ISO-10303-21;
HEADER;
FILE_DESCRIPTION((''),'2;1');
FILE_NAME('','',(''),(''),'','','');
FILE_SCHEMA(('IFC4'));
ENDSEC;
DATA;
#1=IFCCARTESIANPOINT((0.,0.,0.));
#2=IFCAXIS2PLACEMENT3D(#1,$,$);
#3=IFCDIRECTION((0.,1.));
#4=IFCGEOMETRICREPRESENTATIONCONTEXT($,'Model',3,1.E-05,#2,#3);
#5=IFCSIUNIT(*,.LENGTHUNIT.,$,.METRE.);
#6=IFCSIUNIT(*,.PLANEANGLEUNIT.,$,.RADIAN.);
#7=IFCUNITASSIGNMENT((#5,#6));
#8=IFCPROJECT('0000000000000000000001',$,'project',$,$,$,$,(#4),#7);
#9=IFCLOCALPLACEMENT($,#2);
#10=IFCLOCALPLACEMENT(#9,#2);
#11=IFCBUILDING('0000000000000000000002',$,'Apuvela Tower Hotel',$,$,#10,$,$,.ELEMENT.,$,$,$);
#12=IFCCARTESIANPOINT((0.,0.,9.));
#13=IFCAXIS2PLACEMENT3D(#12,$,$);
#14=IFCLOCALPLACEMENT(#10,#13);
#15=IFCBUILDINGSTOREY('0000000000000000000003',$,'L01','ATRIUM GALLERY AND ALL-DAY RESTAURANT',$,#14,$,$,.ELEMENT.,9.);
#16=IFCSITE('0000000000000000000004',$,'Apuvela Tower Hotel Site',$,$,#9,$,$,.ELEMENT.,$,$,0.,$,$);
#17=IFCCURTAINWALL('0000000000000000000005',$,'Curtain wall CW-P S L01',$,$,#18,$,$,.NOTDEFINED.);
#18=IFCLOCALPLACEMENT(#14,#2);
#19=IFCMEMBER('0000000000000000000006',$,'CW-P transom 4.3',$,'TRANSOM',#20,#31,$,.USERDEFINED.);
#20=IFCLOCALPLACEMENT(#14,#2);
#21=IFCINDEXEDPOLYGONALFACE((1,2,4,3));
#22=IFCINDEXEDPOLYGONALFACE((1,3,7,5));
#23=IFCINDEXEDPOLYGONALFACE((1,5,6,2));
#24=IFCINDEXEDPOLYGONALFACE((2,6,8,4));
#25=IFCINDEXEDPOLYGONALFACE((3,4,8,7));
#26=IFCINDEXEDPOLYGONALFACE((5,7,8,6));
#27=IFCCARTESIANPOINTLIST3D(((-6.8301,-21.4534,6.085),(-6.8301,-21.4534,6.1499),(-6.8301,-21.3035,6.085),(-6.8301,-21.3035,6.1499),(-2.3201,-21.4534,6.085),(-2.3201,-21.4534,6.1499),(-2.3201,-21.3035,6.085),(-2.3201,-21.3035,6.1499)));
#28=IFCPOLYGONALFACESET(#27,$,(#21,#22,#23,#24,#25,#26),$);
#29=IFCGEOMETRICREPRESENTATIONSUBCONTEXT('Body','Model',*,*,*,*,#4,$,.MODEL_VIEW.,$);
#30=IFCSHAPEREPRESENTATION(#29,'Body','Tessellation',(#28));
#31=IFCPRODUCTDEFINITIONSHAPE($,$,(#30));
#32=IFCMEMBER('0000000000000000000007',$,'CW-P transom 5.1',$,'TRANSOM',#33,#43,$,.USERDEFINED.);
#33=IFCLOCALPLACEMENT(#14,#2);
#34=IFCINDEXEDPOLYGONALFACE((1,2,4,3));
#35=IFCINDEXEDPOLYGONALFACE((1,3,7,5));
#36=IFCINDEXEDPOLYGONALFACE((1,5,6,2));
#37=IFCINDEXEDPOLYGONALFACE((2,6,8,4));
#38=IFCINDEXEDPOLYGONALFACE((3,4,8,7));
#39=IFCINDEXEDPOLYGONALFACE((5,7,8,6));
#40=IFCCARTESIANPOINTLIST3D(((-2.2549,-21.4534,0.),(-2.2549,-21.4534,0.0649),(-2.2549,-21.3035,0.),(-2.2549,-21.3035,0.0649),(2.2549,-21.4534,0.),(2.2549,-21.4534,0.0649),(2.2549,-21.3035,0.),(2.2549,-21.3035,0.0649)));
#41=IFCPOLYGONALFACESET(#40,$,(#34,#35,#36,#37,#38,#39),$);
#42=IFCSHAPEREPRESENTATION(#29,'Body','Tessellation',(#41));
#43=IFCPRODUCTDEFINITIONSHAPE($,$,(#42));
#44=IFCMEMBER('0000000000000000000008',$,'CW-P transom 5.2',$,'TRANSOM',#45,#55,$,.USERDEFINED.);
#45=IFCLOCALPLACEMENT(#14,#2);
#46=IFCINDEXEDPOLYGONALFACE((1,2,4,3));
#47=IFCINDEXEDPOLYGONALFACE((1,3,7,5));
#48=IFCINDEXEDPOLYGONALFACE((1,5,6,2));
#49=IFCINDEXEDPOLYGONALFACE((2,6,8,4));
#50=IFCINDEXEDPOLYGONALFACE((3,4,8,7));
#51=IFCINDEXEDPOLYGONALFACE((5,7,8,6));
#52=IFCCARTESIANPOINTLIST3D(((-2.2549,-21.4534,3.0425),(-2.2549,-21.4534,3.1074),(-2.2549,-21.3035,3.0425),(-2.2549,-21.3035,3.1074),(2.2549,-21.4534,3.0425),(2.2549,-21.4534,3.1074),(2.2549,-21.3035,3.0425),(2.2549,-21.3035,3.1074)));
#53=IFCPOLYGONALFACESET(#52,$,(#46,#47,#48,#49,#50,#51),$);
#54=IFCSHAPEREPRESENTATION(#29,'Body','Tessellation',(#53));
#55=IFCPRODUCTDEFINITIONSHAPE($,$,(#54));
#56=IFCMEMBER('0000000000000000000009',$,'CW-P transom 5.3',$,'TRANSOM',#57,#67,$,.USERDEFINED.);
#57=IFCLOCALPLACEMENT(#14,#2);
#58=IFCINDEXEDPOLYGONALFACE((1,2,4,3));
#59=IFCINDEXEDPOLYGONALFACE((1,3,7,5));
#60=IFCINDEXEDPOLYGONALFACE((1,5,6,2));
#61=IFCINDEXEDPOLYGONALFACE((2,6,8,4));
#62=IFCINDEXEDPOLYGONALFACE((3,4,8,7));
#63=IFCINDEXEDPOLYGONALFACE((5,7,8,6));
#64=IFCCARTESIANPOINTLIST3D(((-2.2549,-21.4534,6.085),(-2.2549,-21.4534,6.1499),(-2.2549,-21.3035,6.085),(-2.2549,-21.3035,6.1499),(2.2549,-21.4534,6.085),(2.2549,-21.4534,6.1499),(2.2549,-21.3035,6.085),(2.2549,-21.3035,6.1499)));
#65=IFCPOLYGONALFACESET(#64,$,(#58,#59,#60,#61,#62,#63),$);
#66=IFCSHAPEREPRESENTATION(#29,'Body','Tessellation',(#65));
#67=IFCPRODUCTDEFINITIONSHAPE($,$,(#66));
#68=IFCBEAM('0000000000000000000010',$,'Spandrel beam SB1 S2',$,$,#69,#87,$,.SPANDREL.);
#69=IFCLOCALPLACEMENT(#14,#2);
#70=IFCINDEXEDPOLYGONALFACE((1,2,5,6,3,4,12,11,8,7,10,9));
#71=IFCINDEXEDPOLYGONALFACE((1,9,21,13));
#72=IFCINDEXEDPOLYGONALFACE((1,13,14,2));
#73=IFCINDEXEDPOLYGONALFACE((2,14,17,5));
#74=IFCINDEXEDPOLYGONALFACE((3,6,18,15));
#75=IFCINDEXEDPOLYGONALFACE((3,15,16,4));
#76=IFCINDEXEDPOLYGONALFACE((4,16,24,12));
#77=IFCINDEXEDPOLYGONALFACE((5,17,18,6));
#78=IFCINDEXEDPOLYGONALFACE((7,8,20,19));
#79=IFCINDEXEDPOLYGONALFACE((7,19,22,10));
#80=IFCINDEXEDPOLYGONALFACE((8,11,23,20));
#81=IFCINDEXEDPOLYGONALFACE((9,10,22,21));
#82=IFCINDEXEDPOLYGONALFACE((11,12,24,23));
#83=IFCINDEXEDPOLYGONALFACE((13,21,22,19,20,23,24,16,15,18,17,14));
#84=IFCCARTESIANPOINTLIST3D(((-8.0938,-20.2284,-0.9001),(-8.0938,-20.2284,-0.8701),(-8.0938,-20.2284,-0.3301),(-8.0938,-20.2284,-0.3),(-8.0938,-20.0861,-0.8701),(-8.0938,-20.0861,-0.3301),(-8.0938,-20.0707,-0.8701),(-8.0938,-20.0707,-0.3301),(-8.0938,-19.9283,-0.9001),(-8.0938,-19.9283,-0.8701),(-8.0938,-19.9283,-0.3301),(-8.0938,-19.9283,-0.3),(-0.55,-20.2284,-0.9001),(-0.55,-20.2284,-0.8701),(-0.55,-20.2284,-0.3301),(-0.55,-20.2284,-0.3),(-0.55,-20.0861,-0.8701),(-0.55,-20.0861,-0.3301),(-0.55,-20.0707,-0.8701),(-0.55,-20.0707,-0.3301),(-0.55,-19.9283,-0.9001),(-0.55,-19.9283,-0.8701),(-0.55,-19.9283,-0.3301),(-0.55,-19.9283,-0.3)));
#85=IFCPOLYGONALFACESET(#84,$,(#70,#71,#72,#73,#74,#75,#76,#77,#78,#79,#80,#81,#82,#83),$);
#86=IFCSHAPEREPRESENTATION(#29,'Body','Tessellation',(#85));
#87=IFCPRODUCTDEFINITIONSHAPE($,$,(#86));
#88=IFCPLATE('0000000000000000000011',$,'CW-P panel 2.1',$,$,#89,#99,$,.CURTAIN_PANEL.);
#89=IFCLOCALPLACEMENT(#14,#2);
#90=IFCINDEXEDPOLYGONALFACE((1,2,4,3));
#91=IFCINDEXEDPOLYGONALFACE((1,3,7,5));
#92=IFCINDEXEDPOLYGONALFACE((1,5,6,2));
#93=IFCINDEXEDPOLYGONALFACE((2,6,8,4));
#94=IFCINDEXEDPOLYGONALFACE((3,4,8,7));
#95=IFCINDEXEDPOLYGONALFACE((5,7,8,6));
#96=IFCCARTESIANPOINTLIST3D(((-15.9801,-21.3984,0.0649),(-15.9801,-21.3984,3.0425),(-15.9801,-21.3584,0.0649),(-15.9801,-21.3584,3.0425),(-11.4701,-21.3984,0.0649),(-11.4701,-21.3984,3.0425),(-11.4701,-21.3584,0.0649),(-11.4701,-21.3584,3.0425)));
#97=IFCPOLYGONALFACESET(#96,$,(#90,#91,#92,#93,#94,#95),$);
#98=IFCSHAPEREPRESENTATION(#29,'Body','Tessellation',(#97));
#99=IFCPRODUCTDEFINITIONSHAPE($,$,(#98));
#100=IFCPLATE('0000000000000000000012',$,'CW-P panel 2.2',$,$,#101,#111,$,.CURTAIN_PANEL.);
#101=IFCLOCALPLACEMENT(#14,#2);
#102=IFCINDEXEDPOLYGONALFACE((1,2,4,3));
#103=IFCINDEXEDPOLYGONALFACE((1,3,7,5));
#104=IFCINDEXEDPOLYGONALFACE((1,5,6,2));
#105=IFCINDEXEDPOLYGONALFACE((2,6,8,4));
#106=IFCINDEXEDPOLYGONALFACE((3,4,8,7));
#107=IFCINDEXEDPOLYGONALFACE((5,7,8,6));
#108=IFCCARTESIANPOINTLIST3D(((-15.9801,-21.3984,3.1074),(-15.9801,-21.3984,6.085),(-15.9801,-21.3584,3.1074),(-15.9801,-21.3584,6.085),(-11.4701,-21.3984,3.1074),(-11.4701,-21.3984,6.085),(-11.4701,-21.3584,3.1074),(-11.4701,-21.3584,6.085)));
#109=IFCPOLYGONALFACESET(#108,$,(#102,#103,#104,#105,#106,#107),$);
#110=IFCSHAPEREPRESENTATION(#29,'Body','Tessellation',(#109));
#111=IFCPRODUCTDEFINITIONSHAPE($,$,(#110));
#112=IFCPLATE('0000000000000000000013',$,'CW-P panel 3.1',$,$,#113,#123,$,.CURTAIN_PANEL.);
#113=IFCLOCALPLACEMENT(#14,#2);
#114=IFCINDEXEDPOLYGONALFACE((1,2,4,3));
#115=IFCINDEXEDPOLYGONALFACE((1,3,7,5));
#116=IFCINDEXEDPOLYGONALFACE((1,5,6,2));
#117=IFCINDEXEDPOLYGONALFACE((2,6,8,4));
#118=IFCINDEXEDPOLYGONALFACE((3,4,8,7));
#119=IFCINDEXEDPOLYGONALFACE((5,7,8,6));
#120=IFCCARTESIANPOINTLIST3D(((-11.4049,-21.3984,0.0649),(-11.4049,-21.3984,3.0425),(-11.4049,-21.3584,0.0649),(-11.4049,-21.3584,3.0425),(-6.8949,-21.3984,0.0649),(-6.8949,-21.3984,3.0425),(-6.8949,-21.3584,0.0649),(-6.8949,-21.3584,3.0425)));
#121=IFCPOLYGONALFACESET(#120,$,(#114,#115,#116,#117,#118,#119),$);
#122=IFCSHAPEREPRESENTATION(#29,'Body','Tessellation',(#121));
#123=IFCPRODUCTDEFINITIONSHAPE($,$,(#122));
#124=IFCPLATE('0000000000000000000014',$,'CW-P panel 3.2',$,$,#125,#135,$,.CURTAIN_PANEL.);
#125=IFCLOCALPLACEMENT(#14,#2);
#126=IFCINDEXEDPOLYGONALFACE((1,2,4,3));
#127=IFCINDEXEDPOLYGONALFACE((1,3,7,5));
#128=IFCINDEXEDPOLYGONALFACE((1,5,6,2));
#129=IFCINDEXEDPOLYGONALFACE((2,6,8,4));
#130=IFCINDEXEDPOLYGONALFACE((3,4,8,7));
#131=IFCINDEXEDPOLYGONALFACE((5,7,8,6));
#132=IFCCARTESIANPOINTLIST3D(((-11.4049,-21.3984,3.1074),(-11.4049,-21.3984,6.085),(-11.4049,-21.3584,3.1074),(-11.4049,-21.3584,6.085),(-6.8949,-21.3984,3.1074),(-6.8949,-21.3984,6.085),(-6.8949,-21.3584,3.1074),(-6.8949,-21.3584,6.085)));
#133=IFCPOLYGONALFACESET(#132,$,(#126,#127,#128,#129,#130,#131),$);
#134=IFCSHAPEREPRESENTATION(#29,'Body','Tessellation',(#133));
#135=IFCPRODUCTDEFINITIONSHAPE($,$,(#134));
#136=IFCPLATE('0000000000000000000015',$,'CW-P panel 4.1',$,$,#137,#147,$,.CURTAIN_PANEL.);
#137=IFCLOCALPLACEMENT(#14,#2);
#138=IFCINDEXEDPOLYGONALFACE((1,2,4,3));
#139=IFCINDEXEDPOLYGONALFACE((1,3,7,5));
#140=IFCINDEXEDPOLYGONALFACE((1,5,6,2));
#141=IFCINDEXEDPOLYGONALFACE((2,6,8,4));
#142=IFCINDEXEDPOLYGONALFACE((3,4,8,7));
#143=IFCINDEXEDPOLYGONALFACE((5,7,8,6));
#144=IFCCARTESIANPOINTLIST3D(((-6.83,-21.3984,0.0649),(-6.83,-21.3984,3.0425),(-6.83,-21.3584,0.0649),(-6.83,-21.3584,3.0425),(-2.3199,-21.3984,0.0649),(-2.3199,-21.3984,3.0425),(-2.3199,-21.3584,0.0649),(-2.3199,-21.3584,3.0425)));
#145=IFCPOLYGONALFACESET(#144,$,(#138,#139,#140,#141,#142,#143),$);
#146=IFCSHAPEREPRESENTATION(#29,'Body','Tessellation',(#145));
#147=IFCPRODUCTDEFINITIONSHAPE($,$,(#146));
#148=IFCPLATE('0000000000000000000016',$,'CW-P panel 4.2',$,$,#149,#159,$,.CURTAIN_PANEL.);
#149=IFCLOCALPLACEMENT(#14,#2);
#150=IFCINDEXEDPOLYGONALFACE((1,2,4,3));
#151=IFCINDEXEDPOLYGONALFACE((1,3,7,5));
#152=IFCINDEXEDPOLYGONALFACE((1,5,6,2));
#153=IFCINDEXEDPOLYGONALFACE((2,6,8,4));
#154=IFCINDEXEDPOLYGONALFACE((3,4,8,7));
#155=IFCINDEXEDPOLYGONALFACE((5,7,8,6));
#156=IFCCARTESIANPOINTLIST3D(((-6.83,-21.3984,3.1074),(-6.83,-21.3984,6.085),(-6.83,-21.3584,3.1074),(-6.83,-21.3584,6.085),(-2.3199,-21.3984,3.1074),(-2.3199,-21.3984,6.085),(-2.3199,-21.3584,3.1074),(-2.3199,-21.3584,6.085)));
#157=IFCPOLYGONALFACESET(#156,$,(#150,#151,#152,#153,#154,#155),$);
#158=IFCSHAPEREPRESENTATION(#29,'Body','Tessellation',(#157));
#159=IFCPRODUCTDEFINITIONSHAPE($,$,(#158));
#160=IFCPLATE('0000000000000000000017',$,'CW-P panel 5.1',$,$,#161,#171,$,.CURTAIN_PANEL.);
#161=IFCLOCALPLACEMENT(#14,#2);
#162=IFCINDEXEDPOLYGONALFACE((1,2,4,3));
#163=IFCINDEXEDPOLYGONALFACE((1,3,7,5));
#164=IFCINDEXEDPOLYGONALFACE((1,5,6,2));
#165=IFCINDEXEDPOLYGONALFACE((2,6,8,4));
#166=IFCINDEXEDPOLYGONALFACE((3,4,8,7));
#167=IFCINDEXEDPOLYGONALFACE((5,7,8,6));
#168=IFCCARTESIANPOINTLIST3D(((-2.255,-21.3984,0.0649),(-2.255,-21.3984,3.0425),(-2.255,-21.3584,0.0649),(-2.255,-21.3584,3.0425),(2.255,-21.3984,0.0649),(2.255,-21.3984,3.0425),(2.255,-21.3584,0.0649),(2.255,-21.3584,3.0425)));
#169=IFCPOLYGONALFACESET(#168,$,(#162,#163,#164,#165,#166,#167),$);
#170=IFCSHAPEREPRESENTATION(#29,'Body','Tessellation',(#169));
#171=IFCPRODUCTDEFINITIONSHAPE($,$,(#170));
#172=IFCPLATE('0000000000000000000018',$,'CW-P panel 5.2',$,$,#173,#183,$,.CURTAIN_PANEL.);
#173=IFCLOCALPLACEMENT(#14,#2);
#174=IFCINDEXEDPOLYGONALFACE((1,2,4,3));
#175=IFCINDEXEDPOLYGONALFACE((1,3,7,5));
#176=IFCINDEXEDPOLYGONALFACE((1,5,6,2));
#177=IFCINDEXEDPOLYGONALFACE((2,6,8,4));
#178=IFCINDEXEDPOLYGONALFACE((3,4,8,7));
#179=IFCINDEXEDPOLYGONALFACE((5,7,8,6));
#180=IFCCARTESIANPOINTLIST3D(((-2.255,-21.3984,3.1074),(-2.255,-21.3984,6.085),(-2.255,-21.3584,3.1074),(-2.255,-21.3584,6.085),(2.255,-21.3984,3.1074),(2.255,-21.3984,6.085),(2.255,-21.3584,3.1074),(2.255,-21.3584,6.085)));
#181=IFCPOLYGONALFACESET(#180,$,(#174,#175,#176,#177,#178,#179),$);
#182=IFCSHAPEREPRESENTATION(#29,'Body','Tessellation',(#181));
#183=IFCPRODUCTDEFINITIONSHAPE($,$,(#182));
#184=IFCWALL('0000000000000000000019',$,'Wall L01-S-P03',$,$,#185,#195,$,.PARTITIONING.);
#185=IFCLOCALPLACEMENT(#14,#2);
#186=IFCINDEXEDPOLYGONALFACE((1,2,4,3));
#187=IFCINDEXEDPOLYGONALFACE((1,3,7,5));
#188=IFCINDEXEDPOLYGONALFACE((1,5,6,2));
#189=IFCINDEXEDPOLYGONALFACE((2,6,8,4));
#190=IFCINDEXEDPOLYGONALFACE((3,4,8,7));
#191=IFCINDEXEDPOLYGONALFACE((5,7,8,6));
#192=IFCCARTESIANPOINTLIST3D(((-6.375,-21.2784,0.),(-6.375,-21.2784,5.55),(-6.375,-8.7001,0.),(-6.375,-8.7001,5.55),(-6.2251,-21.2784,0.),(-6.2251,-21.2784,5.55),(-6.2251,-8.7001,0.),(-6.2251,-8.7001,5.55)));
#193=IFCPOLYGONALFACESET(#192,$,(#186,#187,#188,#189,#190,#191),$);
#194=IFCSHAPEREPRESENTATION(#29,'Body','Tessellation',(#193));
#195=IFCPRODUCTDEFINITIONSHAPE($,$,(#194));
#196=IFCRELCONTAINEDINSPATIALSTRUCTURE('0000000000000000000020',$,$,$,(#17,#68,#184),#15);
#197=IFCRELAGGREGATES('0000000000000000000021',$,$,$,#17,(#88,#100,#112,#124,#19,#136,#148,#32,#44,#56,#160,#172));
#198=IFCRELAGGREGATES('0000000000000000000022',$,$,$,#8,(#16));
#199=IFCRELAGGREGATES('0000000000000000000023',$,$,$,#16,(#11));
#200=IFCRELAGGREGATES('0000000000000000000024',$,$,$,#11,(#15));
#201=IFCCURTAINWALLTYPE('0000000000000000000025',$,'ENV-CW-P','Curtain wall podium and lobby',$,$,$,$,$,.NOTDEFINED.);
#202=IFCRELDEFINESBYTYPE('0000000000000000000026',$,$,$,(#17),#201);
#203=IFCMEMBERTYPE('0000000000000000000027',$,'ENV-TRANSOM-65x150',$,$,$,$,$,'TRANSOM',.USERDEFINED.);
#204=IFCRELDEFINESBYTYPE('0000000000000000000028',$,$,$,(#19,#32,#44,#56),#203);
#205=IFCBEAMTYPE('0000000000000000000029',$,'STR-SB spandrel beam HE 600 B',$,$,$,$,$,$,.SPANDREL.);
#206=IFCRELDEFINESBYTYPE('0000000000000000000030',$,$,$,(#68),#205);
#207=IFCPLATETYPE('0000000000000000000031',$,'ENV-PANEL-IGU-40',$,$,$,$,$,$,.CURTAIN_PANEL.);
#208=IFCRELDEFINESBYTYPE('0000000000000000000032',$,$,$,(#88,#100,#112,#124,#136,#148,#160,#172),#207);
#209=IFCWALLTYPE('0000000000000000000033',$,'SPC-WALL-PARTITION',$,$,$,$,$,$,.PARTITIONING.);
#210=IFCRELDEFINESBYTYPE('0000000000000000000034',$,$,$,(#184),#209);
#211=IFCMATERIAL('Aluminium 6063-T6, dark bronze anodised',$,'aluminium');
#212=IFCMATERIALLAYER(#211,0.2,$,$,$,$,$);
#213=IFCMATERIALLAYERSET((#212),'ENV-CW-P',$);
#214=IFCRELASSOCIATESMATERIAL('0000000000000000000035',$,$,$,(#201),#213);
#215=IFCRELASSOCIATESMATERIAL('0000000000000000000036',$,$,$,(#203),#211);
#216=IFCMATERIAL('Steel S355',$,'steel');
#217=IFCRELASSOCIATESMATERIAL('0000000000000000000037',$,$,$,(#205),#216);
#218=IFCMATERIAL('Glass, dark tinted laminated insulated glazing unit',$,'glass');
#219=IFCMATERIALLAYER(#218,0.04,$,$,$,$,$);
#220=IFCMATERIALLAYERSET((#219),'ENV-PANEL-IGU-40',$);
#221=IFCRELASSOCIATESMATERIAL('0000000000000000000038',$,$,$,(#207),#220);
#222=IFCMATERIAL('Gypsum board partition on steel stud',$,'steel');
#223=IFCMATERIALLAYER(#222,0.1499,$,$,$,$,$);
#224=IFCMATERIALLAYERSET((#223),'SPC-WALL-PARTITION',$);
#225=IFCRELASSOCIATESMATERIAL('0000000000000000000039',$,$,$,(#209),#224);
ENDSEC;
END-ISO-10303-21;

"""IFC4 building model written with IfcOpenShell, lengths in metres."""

from ifc_helpers import new_model, si_unit, direction, frame, frame_2d, origin, origin_2d, place, context, subcontext, project, spatial, rectangle, i_section, extrude, material, layer, layer_set, material_profile, profile_set, type_object, element, aggregate, save


model = new_model("IFC4")

# Units and contexts
model_context = context("Model", 3, precision=1e-05, world=origin(), true_north=direction((0.0, 1.0)))
body_context = subcontext(model_context, "Body", "Model", "MODEL_VIEW")
ifc_project = project(units=[si_unit("LENGTHUNIT", "METRE"), si_unit("PLANEANGLEUNIT", "RADIAN")], contexts=[model_context])

# Site, building, storey
site_placement = place(None, origin())
site = spatial("IfcSite", under=ifc_project, at=site_placement, Name="Apuvela Tower Hotel Site", CompositionType="ELEMENT", RefElevation=0.0)
building_placement = place(site_placement, origin())
building = spatial("IfcBuilding", under=site, at=building_placement, Name="Apuvela Tower Hotel", CompositionType="ELEMENT")
storey_placement = place(building_placement, frame((0.0, 0.0, 9.0)))
storey = spatial("IfcBuildingStorey", under=building, at=storey_placement, Name="L01", Description="ATRIUM GALLERY AND ALL-DAY RESTAURANT", CompositionType="ELEMENT", Elevation=9.0)

# Curtain wall, members
ifc_material_1 = material(Name="Aluminium 6063-T6, dark bronze anodised", Category="aluminium")
ifc_layer_1 = layer(ifc_material_1, 0.2)
ifc_layer_set_1 = layer_set([ifc_layer_1], Name="ENV-CW-P")
curtain_wall_type = type_object("IfcCurtainWallType", Name="ENV-CW-P", Description="Curtain wall podium and lobby", PredefinedType="NOTDEFINED", material=ifc_layer_set_1)
curtain_wall_placement = place(storey_placement, origin())
curtain_wall = element("IfcCurtainWall", 1, at=curtain_wall_placement, inside=storey, type_object=curtain_wall_type, Name="Curtain wall CW-P S L01", PredefinedType="NOTDEFINED")
ifc_material_profile_1 = material_profile(ifc_material_1, rectangle(XDim=0.1499, YDim=0.0649, at=origin_2d()), Name="AL 65x150 transom")
ifc_profile_set_1 = profile_set([ifc_material_profile_1], Name="Aluminium 6063-T6, dark bronze anodised")
member_type_1 = type_object("IfcMemberType", Name="ENV-TRANSOM-65x150", ElementType="TRANSOM", PredefinedType="USERDEFINED", material=ifc_profile_set_1)
member_1_placement = place(storey_placement, frame((-6.8301, -21.3784, 6.1174), z_axis=(1.0, 0.0, 0.0), x_axis=(0.0, 1.0, 0.0)))
member_1 = element("IfcMember", 2, at=member_1_placement, type_object=member_type_1, Name="CW-P transom 4.3", ObjectType="TRANSOM", PredefinedType="USERDEFINED", context=body_context, shape_type="SweptSolid", body=[
    extrude(rectangle(XDim=0.1499, YDim=0.0649, at=origin_2d()), origin(), (0.0, 0.0, 1.0), 4.51),
])
member_2_placement = place(storey_placement, frame((-2.2549, -21.3784, 0.0325), z_axis=(1.0, 0.0, 0.0), x_axis=(0.0, 1.0, 0.0)))
member_2 = element("IfcMember", 3, at=member_2_placement, type_object=member_type_1, Name="CW-P transom 5.1", ObjectType="TRANSOM", PredefinedType="USERDEFINED", context=body_context, shape_type="SweptSolid", body=[
    extrude(rectangle(XDim=0.1499, YDim=0.0649, at=origin_2d()), origin(), (0.0, 0.0, 1.0), 4.5098),
])
member_3_placement = place(storey_placement, frame((-2.2549, -21.3784, 3.075), z_axis=(1.0, 0.0, 0.0), x_axis=(0.0, 1.0, 0.0)))
member_3 = element("IfcMember", 4, at=member_3_placement, type_object=member_type_1, Name="CW-P transom 5.2", ObjectType="TRANSOM", PredefinedType="USERDEFINED", context=body_context, shape_type="SweptSolid", body=[
    extrude(rectangle(XDim=0.1499, YDim=0.0649, at=origin_2d()), origin(), (0.0, 0.0, 1.0), 4.5098),
])
member_4_placement = place(storey_placement, frame((-2.2549, -21.3784, 6.1174), z_axis=(1.0, 0.0, 0.0), x_axis=(0.0, 1.0, 0.0)))
member_4 = element("IfcMember", 5, at=member_4_placement, type_object=member_type_1, Name="CW-P transom 5.3", ObjectType="TRANSOM", PredefinedType="USERDEFINED", context=body_context, shape_type="SweptSolid", body=[
    extrude(rectangle(XDim=0.1499, YDim=0.0649, at=origin_2d()), origin(), (0.0, 0.0, 1.0), 4.5098),
])

# Beam
ifc_material_2 = material(Name="Steel S355", Category="steel")
ifc_material_profile_2 = material_profile(ifc_material_2, i_section(OverallWidth=0.3, OverallDepth=0.6001, WebThickness=0.0154, FlangeThickness=0.03, at=origin_2d()), Name="HE 600 B")
ifc_profile_set_2 = profile_set([ifc_material_profile_2], Name="Steel S355")
beam_type = type_object("IfcBeamType", Name="STR-SB spandrel beam HE 600 B", PredefinedType="SPANDREL", material=ifc_profile_set_2)
beam_placement = place(storey_placement, frame((-8.0938, -20.0784, -0.6001), z_axis=(1.0, 0.0, 0.0), x_axis=(0.0, 1.0, 0.0)))
element("IfcBeam", 6, at=beam_placement, inside=storey, type_object=beam_type, Name="Spandrel beam SB1 S2", PredefinedType="SPANDREL", context=body_context, shape_type="SweptSolid", body=[
    extrude(i_section(OverallWidth=0.3, OverallDepth=0.6001, WebThickness=0.0154, FlangeThickness=0.03, at=origin_2d()), origin(), (0.0, 0.0, 1.0), 7.5437),
])

# Plates
ifc_material_3 = material(Name="Glass, dark tinted laminated insulated glazing unit", Category="glass")
ifc_layer_2 = layer(ifc_material_3, 0.04)
ifc_layer_set_2 = layer_set([ifc_layer_2], Name="ENV-PANEL-IGU-40")
plate_type = type_object("IfcPlateType", Name="ENV-PANEL-IGU-40", PredefinedType="CURTAIN_PANEL", material=ifc_layer_set_2)
plate_1_placement = place(storey_placement, frame((-13.7251, -21.3784, 0.0649), z_axis=(0.0, 0.0, 1.0), x_axis=(1.0, 0.0, 0.0)))
plate_1 = element("IfcPlate", 7, at=plate_1_placement, type_object=plate_type, Name="CW-P panel 2.1", PredefinedType="CURTAIN_PANEL", context=body_context, shape_type="SweptSolid", body=[
    extrude(rectangle(XDim=4.51, YDim=0.04, at=origin_2d()), origin(), (0.0, 0.0, 1.0), 2.9775),
])
plate_2_placement = place(storey_placement, frame((-13.7251, -21.3784, 3.1074), z_axis=(0.0, 0.0, 1.0), x_axis=(1.0, 0.0, 0.0)))
plate_2 = element("IfcPlate", 8, at=plate_2_placement, type_object=plate_type, Name="CW-P panel 2.2", PredefinedType="CURTAIN_PANEL", context=body_context, shape_type="SweptSolid", body=[
    extrude(rectangle(XDim=4.51, YDim=0.04, at=origin_2d()), origin(), (0.0, 0.0, 1.0), 2.9775),
])
plate_3_placement = place(storey_placement, frame((-9.1499, -21.3784, 0.0649), z_axis=(0.0, 0.0, 1.0), x_axis=(1.0, 0.0, 0.0)))
plate_3 = element("IfcPlate", 9, at=plate_3_placement, type_object=plate_type, Name="CW-P panel 3.1", PredefinedType="CURTAIN_PANEL", context=body_context, shape_type="SweptSolid", body=[
    extrude(rectangle(XDim=4.51, YDim=0.04, at=origin_2d()), origin(), (0.0, 0.0, 1.0), 2.9775),
])
plate_4_placement = place(storey_placement, frame((-9.1499, -21.3784, 3.1074), z_axis=(0.0, 0.0, 1.0), x_axis=(1.0, 0.0, 0.0)))
plate_4 = element("IfcPlate", 10, at=plate_4_placement, type_object=plate_type, Name="CW-P panel 3.2", PredefinedType="CURTAIN_PANEL", context=body_context, shape_type="SweptSolid", body=[
    extrude(rectangle(XDim=4.51, YDim=0.04, at=origin_2d()), origin(), (0.0, 0.0, 1.0), 2.9775),
])
plate_5_placement = place(storey_placement, frame((-4.575, -21.3784, 0.0649), z_axis=(0.0, 0.0, 1.0), x_axis=(1.0, 0.0, 0.0)))
plate_5 = element("IfcPlate", 11, at=plate_5_placement, type_object=plate_type, Name="CW-P panel 4.1", PredefinedType="CURTAIN_PANEL", context=body_context, shape_type="SweptSolid", body=[
    extrude(rectangle(XDim=4.51, YDim=0.04, at=origin_2d()), origin(), (0.0, 0.0, 1.0), 2.9775),
])
plate_6_placement = place(storey_placement, frame((-4.575, -21.3784, 3.1074), z_axis=(0.0, 0.0, 1.0), x_axis=(1.0, 0.0, 0.0)))
plate_6 = element("IfcPlate", 12, at=plate_6_placement, type_object=plate_type, Name="CW-P panel 4.2", PredefinedType="CURTAIN_PANEL", context=body_context, shape_type="SweptSolid", body=[
    extrude(rectangle(XDim=4.51, YDim=0.04, at=origin_2d()), origin(), (0.0, 0.0, 1.0), 2.9775),
])
plate_7_placement = place(storey_placement, frame((0.0, -21.3784, 0.0649), z_axis=(0.0, 0.0, 1.0), x_axis=(1.0, 0.0, 0.0)))
plate_7 = element("IfcPlate", 13, at=plate_7_placement, type_object=plate_type, Name="CW-P panel 5.1", PredefinedType="CURTAIN_PANEL", context=body_context, shape_type="SweptSolid", body=[
    extrude(rectangle(XDim=4.51, YDim=0.04, at=origin_2d()), origin(), (0.0, 0.0, 1.0), 2.9775),
])
plate_8_placement = place(storey_placement, frame((0.0, -21.3784, 3.1074), z_axis=(0.0, 0.0, 1.0), x_axis=(1.0, 0.0, 0.0)))
plate_8 = element("IfcPlate", 14, at=plate_8_placement, type_object=plate_type, Name="CW-P panel 5.2", PredefinedType="CURTAIN_PANEL", context=body_context, shape_type="SweptSolid", body=[
    extrude(rectangle(XDim=4.51, YDim=0.04, at=origin_2d()), origin(), (0.0, 0.0, 1.0), 2.9775),
])
aggregate(curtain_wall, [plate_1, plate_2, plate_3, plate_4, member_1, plate_5, plate_6, member_2, member_3, member_4, plate_7, plate_8])

# Wall
ifc_material_4 = material(Name="Gypsum board partition on steel stud", Category="steel")
ifc_layer_3 = layer(ifc_material_4, 0.1499)
ifc_layer_set_3 = layer_set([ifc_layer_3], Name="SPC-WALL-PARTITION")
wall_type = type_object("IfcWallType", Name="SPC-WALL-PARTITION", PredefinedType="PARTITIONING", material=ifc_layer_set_3)
wall_placement = place(storey_placement, frame((-6.3, -21.2783, 0.0), z_axis=(0.0, 0.0, 1.0), x_axis=(0.0, 1.0, 0.0)))
element("IfcWall", 15, at=wall_placement, inside=storey, type_object=wall_type, Name="Wall L01-S-P03", PredefinedType="PARTITIONING", context=body_context, shape_type="SweptSolid", body=[
    extrude(rectangle(XDim=12.5784, YDim=0.1499, at=frame_2d((6.2891, 0.0))), origin(), (0.0, 0.0, 1.0), 5.55),
])

save(model, "model.ifc")
